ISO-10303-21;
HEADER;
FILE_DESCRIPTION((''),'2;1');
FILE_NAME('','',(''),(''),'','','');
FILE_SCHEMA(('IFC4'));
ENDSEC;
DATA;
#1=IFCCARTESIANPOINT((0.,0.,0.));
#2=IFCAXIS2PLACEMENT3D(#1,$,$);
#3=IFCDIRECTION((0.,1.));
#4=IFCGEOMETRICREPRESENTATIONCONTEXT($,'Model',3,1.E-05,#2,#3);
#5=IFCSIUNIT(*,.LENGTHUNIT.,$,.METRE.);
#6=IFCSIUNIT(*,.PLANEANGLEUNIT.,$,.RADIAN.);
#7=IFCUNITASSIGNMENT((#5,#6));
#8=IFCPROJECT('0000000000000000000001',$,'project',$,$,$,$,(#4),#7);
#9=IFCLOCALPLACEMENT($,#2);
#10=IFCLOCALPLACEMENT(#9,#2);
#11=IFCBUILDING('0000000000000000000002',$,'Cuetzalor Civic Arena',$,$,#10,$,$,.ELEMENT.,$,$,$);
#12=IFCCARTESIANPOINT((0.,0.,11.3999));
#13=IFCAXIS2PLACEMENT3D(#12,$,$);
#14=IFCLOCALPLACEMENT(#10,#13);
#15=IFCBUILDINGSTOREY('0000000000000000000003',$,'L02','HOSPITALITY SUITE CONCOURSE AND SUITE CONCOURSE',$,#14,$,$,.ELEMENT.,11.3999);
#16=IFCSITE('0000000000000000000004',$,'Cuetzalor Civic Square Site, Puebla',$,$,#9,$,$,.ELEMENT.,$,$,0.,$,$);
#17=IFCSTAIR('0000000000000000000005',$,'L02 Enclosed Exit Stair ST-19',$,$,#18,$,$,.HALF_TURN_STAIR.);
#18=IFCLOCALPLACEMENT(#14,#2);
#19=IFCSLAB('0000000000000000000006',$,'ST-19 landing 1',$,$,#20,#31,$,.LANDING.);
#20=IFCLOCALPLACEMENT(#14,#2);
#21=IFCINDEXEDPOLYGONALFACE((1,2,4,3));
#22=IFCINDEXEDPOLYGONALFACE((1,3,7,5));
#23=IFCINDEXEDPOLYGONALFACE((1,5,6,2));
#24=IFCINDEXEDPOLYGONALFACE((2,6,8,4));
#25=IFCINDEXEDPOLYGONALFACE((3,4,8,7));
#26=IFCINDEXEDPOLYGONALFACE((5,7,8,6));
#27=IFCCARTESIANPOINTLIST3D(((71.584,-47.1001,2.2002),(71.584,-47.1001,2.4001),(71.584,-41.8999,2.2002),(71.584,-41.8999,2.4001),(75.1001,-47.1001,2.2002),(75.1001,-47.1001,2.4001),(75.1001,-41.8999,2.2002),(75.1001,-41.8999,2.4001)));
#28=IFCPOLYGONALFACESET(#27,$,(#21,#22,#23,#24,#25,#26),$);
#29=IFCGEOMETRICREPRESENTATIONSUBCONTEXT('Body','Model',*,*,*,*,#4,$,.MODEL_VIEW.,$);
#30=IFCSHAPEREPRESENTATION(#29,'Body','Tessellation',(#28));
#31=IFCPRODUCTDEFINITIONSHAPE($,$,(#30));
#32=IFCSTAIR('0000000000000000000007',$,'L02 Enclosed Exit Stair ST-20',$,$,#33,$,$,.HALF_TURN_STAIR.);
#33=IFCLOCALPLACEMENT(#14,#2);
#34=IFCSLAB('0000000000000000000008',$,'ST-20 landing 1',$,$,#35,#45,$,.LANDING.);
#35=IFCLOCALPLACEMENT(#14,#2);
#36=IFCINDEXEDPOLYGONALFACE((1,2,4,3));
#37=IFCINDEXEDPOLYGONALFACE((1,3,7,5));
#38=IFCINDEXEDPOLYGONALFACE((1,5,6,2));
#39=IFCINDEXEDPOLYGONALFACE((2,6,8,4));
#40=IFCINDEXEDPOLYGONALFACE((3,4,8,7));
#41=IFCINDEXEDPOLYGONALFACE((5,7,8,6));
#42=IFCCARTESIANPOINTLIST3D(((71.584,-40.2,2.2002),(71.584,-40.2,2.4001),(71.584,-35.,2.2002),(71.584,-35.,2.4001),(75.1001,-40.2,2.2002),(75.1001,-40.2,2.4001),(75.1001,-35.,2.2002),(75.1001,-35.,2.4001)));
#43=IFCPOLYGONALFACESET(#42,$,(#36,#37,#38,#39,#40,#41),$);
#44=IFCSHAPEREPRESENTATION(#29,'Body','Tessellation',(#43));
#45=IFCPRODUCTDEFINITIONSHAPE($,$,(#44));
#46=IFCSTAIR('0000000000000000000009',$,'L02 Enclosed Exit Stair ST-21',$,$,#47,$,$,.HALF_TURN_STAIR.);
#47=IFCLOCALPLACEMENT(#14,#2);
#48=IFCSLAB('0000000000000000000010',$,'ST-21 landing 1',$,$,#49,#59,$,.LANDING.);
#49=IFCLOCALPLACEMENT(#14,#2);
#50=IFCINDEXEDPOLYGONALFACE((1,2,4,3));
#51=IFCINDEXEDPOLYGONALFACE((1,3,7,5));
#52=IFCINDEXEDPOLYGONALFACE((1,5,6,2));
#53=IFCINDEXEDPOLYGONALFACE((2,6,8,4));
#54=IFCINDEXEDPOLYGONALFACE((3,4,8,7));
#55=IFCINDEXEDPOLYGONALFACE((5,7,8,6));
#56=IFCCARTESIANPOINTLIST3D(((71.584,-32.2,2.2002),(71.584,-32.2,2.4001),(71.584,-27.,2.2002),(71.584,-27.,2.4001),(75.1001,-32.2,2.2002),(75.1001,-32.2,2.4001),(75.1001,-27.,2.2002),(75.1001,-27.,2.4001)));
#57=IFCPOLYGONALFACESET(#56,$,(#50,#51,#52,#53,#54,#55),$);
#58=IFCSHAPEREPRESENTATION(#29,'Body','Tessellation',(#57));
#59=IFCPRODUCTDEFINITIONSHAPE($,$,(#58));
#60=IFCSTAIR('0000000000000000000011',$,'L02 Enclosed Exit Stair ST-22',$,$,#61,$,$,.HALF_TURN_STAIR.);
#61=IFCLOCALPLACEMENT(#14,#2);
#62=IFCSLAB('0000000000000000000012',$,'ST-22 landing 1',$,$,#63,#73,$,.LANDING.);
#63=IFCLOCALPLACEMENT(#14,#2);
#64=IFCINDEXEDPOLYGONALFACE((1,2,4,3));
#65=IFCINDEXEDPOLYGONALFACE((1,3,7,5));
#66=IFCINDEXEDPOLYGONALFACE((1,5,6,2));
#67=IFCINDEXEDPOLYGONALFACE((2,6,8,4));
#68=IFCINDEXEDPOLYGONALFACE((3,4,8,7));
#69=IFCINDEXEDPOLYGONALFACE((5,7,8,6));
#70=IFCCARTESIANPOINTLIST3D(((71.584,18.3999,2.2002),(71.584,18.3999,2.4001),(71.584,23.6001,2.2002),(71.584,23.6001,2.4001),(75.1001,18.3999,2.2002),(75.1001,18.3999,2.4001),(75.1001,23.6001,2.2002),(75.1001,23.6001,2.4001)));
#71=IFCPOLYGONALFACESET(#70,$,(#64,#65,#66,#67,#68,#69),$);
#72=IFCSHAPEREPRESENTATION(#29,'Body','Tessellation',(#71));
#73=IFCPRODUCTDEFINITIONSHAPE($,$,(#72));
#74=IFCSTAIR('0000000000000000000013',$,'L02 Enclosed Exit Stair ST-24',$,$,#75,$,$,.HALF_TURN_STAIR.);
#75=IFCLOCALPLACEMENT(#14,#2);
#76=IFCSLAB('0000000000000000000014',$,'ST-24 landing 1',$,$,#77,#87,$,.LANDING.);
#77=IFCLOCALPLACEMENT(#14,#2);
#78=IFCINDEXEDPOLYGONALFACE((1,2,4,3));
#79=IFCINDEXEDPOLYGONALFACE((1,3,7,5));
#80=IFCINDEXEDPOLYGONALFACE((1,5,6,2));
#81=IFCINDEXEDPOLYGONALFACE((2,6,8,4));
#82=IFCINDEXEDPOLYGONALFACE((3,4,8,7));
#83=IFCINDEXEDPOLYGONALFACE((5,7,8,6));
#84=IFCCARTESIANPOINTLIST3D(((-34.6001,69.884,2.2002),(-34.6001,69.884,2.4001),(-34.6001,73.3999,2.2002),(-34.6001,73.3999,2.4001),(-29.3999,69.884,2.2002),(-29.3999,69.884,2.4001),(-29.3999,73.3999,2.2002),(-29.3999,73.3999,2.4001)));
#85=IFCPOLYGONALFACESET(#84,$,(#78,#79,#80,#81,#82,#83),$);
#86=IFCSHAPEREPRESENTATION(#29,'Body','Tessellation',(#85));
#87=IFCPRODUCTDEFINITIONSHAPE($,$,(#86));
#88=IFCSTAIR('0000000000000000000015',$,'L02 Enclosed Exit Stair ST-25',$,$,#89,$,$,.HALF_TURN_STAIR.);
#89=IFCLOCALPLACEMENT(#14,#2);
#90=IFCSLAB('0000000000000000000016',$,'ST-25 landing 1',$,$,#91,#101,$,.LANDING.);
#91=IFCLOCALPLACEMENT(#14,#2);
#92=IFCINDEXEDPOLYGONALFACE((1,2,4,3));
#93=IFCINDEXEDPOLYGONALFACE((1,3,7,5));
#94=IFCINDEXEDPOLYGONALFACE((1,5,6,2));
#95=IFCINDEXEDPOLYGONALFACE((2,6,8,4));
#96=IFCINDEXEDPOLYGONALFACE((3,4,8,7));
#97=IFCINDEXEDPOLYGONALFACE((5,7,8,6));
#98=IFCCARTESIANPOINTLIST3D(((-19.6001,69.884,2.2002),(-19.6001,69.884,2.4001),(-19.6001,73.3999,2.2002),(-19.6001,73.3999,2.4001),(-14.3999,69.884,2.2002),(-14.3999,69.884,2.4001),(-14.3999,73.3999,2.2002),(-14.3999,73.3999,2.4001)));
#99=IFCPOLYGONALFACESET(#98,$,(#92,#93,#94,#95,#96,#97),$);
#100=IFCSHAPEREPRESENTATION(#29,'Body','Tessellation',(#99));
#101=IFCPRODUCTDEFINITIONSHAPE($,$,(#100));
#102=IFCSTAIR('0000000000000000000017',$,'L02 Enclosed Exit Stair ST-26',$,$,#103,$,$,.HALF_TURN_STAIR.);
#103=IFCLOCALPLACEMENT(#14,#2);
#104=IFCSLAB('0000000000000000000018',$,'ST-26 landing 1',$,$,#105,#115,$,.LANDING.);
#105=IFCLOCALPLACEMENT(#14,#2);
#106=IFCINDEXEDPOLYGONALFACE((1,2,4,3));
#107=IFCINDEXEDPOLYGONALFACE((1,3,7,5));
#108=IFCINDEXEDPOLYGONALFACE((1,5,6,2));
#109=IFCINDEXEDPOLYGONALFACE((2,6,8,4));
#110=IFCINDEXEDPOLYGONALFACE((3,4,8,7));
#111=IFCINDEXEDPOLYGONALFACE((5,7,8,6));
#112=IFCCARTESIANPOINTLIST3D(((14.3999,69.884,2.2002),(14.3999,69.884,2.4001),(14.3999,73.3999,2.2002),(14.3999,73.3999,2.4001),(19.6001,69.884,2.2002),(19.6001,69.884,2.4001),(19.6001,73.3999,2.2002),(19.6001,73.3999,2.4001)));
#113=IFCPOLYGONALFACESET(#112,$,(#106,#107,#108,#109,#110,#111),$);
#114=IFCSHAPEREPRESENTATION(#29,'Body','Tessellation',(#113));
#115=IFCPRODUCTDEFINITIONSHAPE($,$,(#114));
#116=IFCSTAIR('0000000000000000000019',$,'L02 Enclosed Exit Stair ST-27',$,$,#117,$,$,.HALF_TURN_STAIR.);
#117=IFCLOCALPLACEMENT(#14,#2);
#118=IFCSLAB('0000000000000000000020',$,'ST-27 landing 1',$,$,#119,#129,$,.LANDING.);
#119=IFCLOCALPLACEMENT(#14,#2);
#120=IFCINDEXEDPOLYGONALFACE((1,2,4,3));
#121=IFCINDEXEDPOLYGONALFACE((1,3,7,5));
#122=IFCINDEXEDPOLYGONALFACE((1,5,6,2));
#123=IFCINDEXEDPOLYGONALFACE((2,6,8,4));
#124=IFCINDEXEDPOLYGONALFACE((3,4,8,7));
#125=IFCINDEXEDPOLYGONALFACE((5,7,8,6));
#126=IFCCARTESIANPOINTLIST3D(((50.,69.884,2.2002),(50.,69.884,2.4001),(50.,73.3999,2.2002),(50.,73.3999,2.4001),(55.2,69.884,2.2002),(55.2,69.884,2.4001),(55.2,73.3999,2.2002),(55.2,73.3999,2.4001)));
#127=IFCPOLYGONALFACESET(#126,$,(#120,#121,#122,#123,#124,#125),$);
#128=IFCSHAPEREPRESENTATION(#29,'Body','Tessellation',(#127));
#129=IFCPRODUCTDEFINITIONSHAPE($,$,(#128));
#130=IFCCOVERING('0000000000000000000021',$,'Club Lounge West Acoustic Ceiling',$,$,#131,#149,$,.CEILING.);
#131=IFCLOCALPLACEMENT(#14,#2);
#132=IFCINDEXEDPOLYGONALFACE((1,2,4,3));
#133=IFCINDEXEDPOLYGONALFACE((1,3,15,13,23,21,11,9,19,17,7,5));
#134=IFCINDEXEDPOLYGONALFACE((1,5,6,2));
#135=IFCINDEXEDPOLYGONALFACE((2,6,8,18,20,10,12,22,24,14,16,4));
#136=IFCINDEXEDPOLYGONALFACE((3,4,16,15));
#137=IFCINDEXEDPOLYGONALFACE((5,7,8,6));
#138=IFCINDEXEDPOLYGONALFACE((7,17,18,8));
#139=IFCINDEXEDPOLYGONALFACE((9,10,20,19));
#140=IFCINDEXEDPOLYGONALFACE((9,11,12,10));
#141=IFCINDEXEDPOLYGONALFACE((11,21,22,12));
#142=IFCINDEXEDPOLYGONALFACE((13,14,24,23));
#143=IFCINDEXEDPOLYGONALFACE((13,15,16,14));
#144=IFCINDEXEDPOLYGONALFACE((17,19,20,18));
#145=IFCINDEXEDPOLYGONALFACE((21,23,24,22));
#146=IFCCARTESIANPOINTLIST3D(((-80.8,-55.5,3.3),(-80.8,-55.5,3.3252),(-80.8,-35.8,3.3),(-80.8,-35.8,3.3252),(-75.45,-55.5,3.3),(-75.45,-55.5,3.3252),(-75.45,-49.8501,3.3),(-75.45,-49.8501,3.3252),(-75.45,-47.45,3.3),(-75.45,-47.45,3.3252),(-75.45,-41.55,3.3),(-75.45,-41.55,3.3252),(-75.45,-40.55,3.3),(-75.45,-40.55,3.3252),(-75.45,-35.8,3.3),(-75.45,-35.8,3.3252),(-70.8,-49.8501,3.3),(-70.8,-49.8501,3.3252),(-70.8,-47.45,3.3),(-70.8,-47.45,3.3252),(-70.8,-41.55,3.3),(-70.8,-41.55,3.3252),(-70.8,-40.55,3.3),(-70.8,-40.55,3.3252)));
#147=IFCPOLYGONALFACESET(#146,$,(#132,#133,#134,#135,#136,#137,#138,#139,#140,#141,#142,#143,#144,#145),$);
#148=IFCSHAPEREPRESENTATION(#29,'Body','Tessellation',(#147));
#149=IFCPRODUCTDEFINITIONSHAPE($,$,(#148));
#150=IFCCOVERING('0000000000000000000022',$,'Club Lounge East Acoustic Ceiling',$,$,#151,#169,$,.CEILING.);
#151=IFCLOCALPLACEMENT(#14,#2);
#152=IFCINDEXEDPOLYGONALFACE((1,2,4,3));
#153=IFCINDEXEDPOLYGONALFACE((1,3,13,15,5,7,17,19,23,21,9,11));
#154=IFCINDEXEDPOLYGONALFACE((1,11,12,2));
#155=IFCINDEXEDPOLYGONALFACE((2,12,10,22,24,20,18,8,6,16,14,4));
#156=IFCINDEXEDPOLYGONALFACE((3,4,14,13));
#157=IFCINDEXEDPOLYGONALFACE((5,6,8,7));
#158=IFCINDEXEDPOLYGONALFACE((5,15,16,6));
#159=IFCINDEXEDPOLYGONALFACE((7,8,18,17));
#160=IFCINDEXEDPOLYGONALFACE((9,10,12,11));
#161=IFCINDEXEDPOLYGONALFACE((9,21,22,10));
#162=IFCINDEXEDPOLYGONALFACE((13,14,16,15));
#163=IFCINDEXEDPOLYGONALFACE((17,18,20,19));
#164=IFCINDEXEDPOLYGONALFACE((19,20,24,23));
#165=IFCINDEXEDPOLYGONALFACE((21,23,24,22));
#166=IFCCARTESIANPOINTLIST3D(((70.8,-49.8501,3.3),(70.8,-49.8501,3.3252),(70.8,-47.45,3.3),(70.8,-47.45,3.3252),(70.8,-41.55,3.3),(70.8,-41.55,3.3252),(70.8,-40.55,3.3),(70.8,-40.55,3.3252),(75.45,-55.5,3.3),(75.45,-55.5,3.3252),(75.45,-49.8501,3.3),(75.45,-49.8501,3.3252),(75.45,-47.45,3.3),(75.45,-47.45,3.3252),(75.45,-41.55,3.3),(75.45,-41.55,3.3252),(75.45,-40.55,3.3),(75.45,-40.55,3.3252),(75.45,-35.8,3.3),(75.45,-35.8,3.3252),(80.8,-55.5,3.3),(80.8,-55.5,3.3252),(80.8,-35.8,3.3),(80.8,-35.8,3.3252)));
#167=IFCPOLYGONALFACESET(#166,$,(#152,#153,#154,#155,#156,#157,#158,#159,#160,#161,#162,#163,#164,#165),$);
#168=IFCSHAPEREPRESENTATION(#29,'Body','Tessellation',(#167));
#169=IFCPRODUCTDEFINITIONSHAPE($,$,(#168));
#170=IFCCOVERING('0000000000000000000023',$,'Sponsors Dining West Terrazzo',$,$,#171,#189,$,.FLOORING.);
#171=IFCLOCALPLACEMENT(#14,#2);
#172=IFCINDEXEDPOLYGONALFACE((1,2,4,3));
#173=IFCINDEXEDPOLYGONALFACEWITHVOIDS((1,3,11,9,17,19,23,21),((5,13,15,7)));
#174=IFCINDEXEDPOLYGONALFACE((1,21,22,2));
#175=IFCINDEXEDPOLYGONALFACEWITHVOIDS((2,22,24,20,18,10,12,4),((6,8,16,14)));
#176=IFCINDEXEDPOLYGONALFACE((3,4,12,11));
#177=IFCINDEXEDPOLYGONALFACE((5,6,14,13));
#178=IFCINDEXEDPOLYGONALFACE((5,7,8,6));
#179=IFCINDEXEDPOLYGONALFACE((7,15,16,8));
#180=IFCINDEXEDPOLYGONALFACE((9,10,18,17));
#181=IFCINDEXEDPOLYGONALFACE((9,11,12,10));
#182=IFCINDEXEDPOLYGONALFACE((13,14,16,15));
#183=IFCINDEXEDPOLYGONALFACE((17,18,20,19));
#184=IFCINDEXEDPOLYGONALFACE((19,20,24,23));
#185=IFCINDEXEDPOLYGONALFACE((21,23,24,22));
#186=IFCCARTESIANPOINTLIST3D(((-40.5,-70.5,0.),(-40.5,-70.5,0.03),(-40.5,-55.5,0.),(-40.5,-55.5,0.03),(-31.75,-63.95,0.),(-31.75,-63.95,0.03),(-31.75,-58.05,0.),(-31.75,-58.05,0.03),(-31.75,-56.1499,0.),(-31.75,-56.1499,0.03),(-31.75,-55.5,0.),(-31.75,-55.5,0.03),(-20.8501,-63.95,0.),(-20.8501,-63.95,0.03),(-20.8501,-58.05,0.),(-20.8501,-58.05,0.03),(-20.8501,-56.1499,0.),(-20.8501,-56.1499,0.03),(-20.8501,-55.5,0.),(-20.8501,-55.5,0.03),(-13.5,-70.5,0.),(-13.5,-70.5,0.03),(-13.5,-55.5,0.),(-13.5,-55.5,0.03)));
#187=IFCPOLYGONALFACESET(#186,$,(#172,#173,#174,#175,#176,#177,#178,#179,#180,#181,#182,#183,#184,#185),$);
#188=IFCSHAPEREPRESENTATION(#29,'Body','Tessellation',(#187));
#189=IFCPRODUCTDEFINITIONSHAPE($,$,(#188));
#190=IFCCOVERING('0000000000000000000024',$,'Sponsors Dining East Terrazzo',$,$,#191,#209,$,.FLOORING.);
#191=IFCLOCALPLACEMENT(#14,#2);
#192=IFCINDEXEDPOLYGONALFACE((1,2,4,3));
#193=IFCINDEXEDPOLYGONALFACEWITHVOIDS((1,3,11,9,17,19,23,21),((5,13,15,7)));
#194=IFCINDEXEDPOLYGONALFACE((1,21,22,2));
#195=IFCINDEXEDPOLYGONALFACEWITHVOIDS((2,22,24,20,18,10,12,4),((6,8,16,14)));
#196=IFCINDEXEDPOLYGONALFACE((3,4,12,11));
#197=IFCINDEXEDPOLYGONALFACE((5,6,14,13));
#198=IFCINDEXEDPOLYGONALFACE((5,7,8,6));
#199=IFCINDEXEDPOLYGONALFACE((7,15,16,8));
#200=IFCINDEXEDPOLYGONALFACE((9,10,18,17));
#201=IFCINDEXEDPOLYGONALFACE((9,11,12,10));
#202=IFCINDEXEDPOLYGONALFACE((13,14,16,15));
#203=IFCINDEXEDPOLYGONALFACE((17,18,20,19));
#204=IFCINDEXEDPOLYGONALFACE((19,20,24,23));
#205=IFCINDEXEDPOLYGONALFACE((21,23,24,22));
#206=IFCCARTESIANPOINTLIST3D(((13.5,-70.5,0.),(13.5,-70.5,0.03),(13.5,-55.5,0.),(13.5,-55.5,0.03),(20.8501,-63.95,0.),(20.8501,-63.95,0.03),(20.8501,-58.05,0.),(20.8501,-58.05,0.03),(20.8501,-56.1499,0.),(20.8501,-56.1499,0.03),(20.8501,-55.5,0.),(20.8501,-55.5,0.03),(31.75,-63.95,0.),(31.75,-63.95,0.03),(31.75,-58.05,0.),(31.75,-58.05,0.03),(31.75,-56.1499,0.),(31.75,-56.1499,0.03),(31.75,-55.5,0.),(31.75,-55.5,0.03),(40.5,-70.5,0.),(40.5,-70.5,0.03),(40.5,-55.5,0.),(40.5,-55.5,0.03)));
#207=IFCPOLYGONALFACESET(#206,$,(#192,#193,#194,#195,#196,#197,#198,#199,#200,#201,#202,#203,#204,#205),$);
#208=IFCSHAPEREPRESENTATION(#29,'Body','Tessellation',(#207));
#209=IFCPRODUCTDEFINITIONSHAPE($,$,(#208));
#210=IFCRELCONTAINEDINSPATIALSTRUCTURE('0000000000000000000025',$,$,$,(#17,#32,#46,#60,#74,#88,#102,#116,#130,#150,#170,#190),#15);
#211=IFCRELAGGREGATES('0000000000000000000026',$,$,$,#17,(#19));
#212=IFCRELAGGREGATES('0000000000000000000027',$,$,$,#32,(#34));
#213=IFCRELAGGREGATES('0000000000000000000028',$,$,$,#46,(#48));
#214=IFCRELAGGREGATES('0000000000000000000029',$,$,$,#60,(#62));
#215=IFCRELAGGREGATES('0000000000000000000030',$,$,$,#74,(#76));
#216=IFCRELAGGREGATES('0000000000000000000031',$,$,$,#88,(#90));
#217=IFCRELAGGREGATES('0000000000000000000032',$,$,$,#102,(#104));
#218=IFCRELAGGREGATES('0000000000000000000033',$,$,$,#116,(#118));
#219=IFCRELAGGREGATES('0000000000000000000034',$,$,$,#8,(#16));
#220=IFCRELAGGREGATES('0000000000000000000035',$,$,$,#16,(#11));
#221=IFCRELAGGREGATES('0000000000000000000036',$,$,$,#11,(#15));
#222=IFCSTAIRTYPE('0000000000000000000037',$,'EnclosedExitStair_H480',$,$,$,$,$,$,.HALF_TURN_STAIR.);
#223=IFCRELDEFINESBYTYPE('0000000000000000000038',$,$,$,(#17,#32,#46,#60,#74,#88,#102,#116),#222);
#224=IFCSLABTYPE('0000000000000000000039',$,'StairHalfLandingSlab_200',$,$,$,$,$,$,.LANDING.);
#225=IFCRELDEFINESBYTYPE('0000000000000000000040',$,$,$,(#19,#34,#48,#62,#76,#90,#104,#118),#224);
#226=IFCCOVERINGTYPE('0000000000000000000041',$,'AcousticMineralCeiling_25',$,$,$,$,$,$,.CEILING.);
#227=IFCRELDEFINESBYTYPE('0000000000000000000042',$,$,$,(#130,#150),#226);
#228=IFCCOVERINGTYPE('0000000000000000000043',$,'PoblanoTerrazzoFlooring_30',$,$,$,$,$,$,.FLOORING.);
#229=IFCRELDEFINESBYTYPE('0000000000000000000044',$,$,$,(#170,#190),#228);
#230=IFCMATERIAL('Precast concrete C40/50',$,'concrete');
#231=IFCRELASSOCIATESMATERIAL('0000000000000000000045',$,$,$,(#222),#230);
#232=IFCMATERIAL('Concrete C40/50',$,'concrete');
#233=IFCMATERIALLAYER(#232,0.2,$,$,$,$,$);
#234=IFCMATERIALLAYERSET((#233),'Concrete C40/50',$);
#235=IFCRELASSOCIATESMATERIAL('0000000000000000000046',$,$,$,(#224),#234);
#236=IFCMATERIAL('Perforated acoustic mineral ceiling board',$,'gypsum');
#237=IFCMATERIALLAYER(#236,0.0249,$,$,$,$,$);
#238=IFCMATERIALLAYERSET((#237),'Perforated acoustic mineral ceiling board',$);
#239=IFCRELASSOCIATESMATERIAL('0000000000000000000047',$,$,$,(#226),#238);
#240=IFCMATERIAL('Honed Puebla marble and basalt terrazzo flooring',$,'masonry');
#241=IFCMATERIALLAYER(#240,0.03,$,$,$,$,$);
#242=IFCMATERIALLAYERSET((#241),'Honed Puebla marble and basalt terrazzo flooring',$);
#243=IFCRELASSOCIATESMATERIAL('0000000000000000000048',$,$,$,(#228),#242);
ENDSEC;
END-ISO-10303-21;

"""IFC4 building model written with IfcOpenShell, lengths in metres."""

from ifc_helpers import new_model, si_unit, direction, frame, origin, place, context, subcontext, project, spatial, polyline, outline, extrude, material, layer, layer_set, type_object, element, aggregate, save


model = new_model("IFC4")

# Units and contexts
model_context = context("Model", 3, precision=1e-05, world=origin(), true_north=direction((0.0, 1.0)))
body_context = subcontext(model_context, "Body", "Model", "MODEL_VIEW")
ifc_project = project(units=[si_unit("LENGTHUNIT", "METRE"), si_unit("PLANEANGLEUNIT", "RADIAN")], contexts=[model_context])

# Site, building, storey
site_placement = place(None, origin())
site = spatial("IfcSite", under=ifc_project, at=site_placement, Name="Cuetzalor Civic Square Site, Puebla", CompositionType="ELEMENT", RefElevation=0.0)
building_placement = place(site_placement, origin())
building = spatial("IfcBuilding", under=site, at=building_placement, Name="Cuetzalor Civic Arena", CompositionType="ELEMENT")
storey_placement = place(building_placement, frame((0.0, 0.0, 11.3999)))
storey = spatial("IfcBuildingStorey", under=building, at=storey_placement, Name="L02", Description="HOSPITALITY SUITE CONCOURSE AND SUITE CONCOURSE", CompositionType="ELEMENT", Elevation=11.3999)

# Stairs, slabs
ifc_material_1 = material(Name="Precast concrete C40/50", Category="concrete")
stair_type = type_object("IfcStairType", Name="EnclosedExitStair_H480", PredefinedType="HALF_TURN_STAIR", material=ifc_material_1)
ifc_material_2 = material(Name="Concrete C40/50", Category="concrete")
ifc_layer_1 = layer(ifc_material_2, 0.2)
ifc_layer_set_1 = layer_set([ifc_layer_1], Name="Concrete C40/50")
slab_type_1 = type_object("IfcSlabType", Name="StairHalfLandingSlab_200", PredefinedType="LANDING", material=ifc_layer_set_1)
stair_1_placement = place(storey_placement, origin())
stair_1 = element("IfcStair", 1, at=stair_1_placement, inside=storey, type_object=stair_type, Name="L02 Enclosed Exit Stair ST-19", PredefinedType="HALF_TURN_STAIR")
slab_1_placement = place(storey_placement, frame((0.0, 0.0, 2.2002)))
slab_1 = element("IfcSlab", 2, at=slab_1_placement, type_object=slab_type_1, Name="ST-19 landing 1", PredefinedType="LANDING", context=body_context, shape_type="SweptSolid", body=[
    extrude(outline(polyline([(71.584, -47.1001), (75.1001, -47.1001), (75.1001, -41.8999), (71.584, -41.8999), (71.584, -47.1001)])), origin(), (0.0, 0.0, 1.0), 0.2),
])
aggregate(stair_1, [slab_1])
stair_2_placement = place(storey_placement, origin())
stair_2 = element("IfcStair", 3, at=stair_2_placement, inside=storey, type_object=stair_type, Name="L02 Enclosed Exit Stair ST-20", PredefinedType="HALF_TURN_STAIR")
slab_2_placement = place(storey_placement, frame((0.0, 0.0, 2.2002)))
slab_2 = element("IfcSlab", 4, at=slab_2_placement, type_object=slab_type_1, Name="ST-20 landing 1", PredefinedType="LANDING", context=body_context, shape_type="SweptSolid", body=[
    extrude(outline(polyline([(71.584, -40.2), (75.1001, -40.2), (75.1001, -35.0), (71.584, -35.0), (71.584, -40.2)])), origin(), (0.0, 0.0, 1.0), 0.2),
])
aggregate(stair_2, [slab_2])
stair_3_placement = place(storey_placement, origin())
stair_3 = element("IfcStair", 5, at=stair_3_placement, inside=storey, type_object=stair_type, Name="L02 Enclosed Exit Stair ST-21", PredefinedType="HALF_TURN_STAIR")
slab_3_placement = place(storey_placement, frame((0.0, 0.0, 2.2002)))
slab_3 = element("IfcSlab", 6, at=slab_3_placement, type_object=slab_type_1, Name="ST-21 landing 1", PredefinedType="LANDING", context=body_context, shape_type="SweptSolid", body=[
    extrude(outline(polyline([(71.584, -32.2), (75.1001, -32.2), (75.1001, -27.0), (71.584, -27.0), (71.584, -32.2)])), origin(), (0.0, 0.0, 1.0), 0.2),
])
aggregate(stair_3, [slab_3])
stair_4_placement = place(storey_placement, origin())
stair_4 = element("IfcStair", 7, at=stair_4_placement, inside=storey, type_object=stair_type, Name="L02 Enclosed Exit Stair ST-22", PredefinedType="HALF_TURN_STAIR")
slab_4_placement = place(storey_placement, frame((0.0, 0.0, 2.2002)))
slab_4 = element("IfcSlab", 8, at=slab_4_placement, type_object=slab_type_1, Name="ST-22 landing 1", PredefinedType="LANDING", context=body_context, shape_type="SweptSolid", body=[
    extrude(outline(polyline([(71.584, 18.3999), (75.1001, 18.3999), (75.1001, 23.6001), (71.584, 23.6001), (71.584, 18.3999)])), origin(), (0.0, 0.0, 1.0), 0.2),
])
aggregate(stair_4, [slab_4])
stair_5_placement = place(storey_placement, origin())
stair_5 = element("IfcStair", 9, at=stair_5_placement, inside=storey, type_object=stair_type, Name="L02 Enclosed Exit Stair ST-24", PredefinedType="HALF_TURN_STAIR")
slab_5_placement = place(storey_placement, frame((0.0, 0.0, 2.2002)))
slab_5 = element("IfcSlab", 10, at=slab_5_placement, type_object=slab_type_1, Name="ST-24 landing 1", PredefinedType="LANDING", context=body_context, shape_type="SweptSolid", body=[
    extrude(outline(polyline([(-29.3999, 69.884), (-29.3999, 73.3999), (-34.6001, 73.3999), (-34.6001, 69.884), (-29.3999, 69.884)])), origin(), (0.0, 0.0, 1.0), 0.2),
])
aggregate(stair_5, [slab_5])
stair_6_placement = place(storey_placement, origin())
stair_6 = element("IfcStair", 11, at=stair_6_placement, inside=storey, type_object=stair_type, Name="L02 Enclosed Exit Stair ST-25", PredefinedType="HALF_TURN_STAIR")
slab_6_placement = place(storey_placement, frame((0.0, 0.0, 2.2002)))
slab_6 = element("IfcSlab", 12, at=slab_6_placement, type_object=slab_type_1, Name="ST-25 landing 1", PredefinedType="LANDING", context=body_context, shape_type="SweptSolid", body=[
    extrude(outline(polyline([(-14.3999, 69.884), (-14.3999, 73.3999), (-19.6001, 73.3999), (-19.6001, 69.884), (-14.3999, 69.884)])), origin(), (0.0, 0.0, 1.0), 0.2),
])
aggregate(stair_6, [slab_6])
stair_7_placement = place(storey_placement, origin())
stair_7 = element("IfcStair", 13, at=stair_7_placement, inside=storey, type_object=stair_type, Name="L02 Enclosed Exit Stair ST-26", PredefinedType="HALF_TURN_STAIR")
slab_7_placement = place(storey_placement, frame((0.0, 0.0, 2.2002)))
slab_7 = element("IfcSlab", 14, at=slab_7_placement, type_object=slab_type_1, Name="ST-26 landing 1", PredefinedType="LANDING", context=body_context, shape_type="SweptSolid", body=[
    extrude(outline(polyline([(19.6001, 69.884), (19.6001, 73.3999), (14.3999, 73.3999), (14.3999, 69.884), (19.6001, 69.884)])), origin(), (0.0, 0.0, 1.0), 0.2),
])
aggregate(stair_7, [slab_7])
stair_8_placement = place(storey_placement, origin())
stair_8 = element("IfcStair", 15, at=stair_8_placement, inside=storey, type_object=stair_type, Name="L02 Enclosed Exit Stair ST-27", PredefinedType="HALF_TURN_STAIR")
slab_8_placement = place(storey_placement, frame((0.0, 0.0, 2.2002)))
slab_8 = element("IfcSlab", 16, at=slab_8_placement, type_object=slab_type_1, Name="ST-27 landing 1", PredefinedType="LANDING", context=body_context, shape_type="SweptSolid", body=[
    extrude(outline(polyline([(55.2, 69.884), (55.2, 73.3999), (50.0, 73.3999), (50.0, 69.884), (55.2, 69.884)])), origin(), (0.0, 0.0, 1.0), 0.2),
])
aggregate(stair_8, [slab_8])

# Coverings
ifc_material_3 = material(Name="Perforated acoustic mineral ceiling board", Category="gypsum")
ifc_layer_2 = layer(ifc_material_3, 0.0249)
ifc_layer_set_2 = layer_set([ifc_layer_2], Name="Perforated acoustic mineral ceiling board")
covering_type_1 = type_object("IfcCoveringType", Name="AcousticMineralCeiling_25", PredefinedType="CEILING", material=ifc_layer_set_2)
covering_1_placement = place(storey_placement, frame((0.0, 0.0, 3.3)))
element("IfcCovering", 17, at=covering_1_placement, inside=storey, type_object=covering_type_1, Name="Club Lounge West Acoustic Ceiling", PredefinedType="CEILING", context=body_context, shape_type="SweptSolid", body=[
    extrude(outline(polyline([(-80.8, -55.5), (-80.8, -35.8), (-75.45, -35.8), (-75.45, -40.55), (-70.8, -40.55), (-70.8, -41.55), (-75.45, -41.55), (-75.45, -47.45), (-70.8, -47.45), (-70.8, -49.8501), (-75.45, -49.8501), (-75.45, -55.5), (-80.8, -55.5)])), origin(), (0.0, 0.0, 1.0), 0.0251),
])
covering_2_placement = place(storey_placement, frame((0.0, 0.0, 3.3)))
element("IfcCovering", 18, at=covering_2_placement, inside=storey, type_object=covering_type_1, Name="Club Lounge East Acoustic Ceiling", PredefinedType="CEILING", context=body_context, shape_type="SweptSolid", body=[
    extrude(outline(polyline([(80.8, -35.8), (80.8, -55.5), (75.45, -55.5), (75.45, -49.8501), (70.8, -49.8501), (70.8, -47.45), (75.45, -47.45), (75.45, -41.55), (70.8, -41.55), (70.8, -40.55), (75.45, -40.55), (75.45, -35.8), (80.8, -35.8)])), origin(), (0.0, 0.0, 1.0), 0.0251),
])
ifc_material_4 = material(Name="Honed Puebla marble and basalt terrazzo flooring", Category="masonry")
ifc_layer_3 = layer(ifc_material_4, 0.03)
ifc_layer_set_3 = layer_set([ifc_layer_3], Name="Honed Puebla marble and basalt terrazzo flooring")
covering_type_2 = type_object("IfcCoveringType", Name="PoblanoTerrazzoFlooring_30", PredefinedType="FLOORING", material=ifc_layer_set_3)
covering_3_placement = place(storey_placement, origin())
element("IfcCovering", 19, at=covering_3_placement, inside=storey, type_object=covering_type_2, Name="Sponsors Dining West Terrazzo", PredefinedType="FLOORING", context=body_context, shape_type="SweptSolid", body=[
    extrude(outline(polyline([(-13.5, -55.5), (-13.5, -70.5), (-40.5, -70.5), (-40.5, -55.5), (-31.75, -55.5), (-31.75, -56.1499), (-20.8501, -56.1499), (-20.8501, -55.5), (-13.5, -55.5)]), holes=[polyline([(-20.8501, -63.95), (-20.8501, -58.05), (-31.75, -58.05), (-31.75, -63.95), (-20.8501, -63.95)])]), origin(), (0.0, 0.0, 1.0), 0.03),
])
covering_4_placement = place(storey_placement, origin())
element("IfcCovering", 20, at=covering_4_placement, inside=storey, type_object=covering_type_2, Name="Sponsors Dining East Terrazzo", PredefinedType="FLOORING", context=body_context, shape_type="SweptSolid", body=[
    extrude(outline(polyline([(40.5, -55.5), (40.5, -70.5), (13.5, -70.5), (13.5, -55.5), (20.8501, -55.5), (20.8501, -56.1499), (31.75, -56.1499), (31.75, -55.5), (40.5, -55.5)]), holes=[polyline([(31.75, -63.95), (31.75, -58.05), (20.8501, -58.05), (20.8501, -63.95), (31.75, -63.95)])]), origin(), (0.0, 0.0, 1.0), 0.03),
])

save(model, "model.ifc")
